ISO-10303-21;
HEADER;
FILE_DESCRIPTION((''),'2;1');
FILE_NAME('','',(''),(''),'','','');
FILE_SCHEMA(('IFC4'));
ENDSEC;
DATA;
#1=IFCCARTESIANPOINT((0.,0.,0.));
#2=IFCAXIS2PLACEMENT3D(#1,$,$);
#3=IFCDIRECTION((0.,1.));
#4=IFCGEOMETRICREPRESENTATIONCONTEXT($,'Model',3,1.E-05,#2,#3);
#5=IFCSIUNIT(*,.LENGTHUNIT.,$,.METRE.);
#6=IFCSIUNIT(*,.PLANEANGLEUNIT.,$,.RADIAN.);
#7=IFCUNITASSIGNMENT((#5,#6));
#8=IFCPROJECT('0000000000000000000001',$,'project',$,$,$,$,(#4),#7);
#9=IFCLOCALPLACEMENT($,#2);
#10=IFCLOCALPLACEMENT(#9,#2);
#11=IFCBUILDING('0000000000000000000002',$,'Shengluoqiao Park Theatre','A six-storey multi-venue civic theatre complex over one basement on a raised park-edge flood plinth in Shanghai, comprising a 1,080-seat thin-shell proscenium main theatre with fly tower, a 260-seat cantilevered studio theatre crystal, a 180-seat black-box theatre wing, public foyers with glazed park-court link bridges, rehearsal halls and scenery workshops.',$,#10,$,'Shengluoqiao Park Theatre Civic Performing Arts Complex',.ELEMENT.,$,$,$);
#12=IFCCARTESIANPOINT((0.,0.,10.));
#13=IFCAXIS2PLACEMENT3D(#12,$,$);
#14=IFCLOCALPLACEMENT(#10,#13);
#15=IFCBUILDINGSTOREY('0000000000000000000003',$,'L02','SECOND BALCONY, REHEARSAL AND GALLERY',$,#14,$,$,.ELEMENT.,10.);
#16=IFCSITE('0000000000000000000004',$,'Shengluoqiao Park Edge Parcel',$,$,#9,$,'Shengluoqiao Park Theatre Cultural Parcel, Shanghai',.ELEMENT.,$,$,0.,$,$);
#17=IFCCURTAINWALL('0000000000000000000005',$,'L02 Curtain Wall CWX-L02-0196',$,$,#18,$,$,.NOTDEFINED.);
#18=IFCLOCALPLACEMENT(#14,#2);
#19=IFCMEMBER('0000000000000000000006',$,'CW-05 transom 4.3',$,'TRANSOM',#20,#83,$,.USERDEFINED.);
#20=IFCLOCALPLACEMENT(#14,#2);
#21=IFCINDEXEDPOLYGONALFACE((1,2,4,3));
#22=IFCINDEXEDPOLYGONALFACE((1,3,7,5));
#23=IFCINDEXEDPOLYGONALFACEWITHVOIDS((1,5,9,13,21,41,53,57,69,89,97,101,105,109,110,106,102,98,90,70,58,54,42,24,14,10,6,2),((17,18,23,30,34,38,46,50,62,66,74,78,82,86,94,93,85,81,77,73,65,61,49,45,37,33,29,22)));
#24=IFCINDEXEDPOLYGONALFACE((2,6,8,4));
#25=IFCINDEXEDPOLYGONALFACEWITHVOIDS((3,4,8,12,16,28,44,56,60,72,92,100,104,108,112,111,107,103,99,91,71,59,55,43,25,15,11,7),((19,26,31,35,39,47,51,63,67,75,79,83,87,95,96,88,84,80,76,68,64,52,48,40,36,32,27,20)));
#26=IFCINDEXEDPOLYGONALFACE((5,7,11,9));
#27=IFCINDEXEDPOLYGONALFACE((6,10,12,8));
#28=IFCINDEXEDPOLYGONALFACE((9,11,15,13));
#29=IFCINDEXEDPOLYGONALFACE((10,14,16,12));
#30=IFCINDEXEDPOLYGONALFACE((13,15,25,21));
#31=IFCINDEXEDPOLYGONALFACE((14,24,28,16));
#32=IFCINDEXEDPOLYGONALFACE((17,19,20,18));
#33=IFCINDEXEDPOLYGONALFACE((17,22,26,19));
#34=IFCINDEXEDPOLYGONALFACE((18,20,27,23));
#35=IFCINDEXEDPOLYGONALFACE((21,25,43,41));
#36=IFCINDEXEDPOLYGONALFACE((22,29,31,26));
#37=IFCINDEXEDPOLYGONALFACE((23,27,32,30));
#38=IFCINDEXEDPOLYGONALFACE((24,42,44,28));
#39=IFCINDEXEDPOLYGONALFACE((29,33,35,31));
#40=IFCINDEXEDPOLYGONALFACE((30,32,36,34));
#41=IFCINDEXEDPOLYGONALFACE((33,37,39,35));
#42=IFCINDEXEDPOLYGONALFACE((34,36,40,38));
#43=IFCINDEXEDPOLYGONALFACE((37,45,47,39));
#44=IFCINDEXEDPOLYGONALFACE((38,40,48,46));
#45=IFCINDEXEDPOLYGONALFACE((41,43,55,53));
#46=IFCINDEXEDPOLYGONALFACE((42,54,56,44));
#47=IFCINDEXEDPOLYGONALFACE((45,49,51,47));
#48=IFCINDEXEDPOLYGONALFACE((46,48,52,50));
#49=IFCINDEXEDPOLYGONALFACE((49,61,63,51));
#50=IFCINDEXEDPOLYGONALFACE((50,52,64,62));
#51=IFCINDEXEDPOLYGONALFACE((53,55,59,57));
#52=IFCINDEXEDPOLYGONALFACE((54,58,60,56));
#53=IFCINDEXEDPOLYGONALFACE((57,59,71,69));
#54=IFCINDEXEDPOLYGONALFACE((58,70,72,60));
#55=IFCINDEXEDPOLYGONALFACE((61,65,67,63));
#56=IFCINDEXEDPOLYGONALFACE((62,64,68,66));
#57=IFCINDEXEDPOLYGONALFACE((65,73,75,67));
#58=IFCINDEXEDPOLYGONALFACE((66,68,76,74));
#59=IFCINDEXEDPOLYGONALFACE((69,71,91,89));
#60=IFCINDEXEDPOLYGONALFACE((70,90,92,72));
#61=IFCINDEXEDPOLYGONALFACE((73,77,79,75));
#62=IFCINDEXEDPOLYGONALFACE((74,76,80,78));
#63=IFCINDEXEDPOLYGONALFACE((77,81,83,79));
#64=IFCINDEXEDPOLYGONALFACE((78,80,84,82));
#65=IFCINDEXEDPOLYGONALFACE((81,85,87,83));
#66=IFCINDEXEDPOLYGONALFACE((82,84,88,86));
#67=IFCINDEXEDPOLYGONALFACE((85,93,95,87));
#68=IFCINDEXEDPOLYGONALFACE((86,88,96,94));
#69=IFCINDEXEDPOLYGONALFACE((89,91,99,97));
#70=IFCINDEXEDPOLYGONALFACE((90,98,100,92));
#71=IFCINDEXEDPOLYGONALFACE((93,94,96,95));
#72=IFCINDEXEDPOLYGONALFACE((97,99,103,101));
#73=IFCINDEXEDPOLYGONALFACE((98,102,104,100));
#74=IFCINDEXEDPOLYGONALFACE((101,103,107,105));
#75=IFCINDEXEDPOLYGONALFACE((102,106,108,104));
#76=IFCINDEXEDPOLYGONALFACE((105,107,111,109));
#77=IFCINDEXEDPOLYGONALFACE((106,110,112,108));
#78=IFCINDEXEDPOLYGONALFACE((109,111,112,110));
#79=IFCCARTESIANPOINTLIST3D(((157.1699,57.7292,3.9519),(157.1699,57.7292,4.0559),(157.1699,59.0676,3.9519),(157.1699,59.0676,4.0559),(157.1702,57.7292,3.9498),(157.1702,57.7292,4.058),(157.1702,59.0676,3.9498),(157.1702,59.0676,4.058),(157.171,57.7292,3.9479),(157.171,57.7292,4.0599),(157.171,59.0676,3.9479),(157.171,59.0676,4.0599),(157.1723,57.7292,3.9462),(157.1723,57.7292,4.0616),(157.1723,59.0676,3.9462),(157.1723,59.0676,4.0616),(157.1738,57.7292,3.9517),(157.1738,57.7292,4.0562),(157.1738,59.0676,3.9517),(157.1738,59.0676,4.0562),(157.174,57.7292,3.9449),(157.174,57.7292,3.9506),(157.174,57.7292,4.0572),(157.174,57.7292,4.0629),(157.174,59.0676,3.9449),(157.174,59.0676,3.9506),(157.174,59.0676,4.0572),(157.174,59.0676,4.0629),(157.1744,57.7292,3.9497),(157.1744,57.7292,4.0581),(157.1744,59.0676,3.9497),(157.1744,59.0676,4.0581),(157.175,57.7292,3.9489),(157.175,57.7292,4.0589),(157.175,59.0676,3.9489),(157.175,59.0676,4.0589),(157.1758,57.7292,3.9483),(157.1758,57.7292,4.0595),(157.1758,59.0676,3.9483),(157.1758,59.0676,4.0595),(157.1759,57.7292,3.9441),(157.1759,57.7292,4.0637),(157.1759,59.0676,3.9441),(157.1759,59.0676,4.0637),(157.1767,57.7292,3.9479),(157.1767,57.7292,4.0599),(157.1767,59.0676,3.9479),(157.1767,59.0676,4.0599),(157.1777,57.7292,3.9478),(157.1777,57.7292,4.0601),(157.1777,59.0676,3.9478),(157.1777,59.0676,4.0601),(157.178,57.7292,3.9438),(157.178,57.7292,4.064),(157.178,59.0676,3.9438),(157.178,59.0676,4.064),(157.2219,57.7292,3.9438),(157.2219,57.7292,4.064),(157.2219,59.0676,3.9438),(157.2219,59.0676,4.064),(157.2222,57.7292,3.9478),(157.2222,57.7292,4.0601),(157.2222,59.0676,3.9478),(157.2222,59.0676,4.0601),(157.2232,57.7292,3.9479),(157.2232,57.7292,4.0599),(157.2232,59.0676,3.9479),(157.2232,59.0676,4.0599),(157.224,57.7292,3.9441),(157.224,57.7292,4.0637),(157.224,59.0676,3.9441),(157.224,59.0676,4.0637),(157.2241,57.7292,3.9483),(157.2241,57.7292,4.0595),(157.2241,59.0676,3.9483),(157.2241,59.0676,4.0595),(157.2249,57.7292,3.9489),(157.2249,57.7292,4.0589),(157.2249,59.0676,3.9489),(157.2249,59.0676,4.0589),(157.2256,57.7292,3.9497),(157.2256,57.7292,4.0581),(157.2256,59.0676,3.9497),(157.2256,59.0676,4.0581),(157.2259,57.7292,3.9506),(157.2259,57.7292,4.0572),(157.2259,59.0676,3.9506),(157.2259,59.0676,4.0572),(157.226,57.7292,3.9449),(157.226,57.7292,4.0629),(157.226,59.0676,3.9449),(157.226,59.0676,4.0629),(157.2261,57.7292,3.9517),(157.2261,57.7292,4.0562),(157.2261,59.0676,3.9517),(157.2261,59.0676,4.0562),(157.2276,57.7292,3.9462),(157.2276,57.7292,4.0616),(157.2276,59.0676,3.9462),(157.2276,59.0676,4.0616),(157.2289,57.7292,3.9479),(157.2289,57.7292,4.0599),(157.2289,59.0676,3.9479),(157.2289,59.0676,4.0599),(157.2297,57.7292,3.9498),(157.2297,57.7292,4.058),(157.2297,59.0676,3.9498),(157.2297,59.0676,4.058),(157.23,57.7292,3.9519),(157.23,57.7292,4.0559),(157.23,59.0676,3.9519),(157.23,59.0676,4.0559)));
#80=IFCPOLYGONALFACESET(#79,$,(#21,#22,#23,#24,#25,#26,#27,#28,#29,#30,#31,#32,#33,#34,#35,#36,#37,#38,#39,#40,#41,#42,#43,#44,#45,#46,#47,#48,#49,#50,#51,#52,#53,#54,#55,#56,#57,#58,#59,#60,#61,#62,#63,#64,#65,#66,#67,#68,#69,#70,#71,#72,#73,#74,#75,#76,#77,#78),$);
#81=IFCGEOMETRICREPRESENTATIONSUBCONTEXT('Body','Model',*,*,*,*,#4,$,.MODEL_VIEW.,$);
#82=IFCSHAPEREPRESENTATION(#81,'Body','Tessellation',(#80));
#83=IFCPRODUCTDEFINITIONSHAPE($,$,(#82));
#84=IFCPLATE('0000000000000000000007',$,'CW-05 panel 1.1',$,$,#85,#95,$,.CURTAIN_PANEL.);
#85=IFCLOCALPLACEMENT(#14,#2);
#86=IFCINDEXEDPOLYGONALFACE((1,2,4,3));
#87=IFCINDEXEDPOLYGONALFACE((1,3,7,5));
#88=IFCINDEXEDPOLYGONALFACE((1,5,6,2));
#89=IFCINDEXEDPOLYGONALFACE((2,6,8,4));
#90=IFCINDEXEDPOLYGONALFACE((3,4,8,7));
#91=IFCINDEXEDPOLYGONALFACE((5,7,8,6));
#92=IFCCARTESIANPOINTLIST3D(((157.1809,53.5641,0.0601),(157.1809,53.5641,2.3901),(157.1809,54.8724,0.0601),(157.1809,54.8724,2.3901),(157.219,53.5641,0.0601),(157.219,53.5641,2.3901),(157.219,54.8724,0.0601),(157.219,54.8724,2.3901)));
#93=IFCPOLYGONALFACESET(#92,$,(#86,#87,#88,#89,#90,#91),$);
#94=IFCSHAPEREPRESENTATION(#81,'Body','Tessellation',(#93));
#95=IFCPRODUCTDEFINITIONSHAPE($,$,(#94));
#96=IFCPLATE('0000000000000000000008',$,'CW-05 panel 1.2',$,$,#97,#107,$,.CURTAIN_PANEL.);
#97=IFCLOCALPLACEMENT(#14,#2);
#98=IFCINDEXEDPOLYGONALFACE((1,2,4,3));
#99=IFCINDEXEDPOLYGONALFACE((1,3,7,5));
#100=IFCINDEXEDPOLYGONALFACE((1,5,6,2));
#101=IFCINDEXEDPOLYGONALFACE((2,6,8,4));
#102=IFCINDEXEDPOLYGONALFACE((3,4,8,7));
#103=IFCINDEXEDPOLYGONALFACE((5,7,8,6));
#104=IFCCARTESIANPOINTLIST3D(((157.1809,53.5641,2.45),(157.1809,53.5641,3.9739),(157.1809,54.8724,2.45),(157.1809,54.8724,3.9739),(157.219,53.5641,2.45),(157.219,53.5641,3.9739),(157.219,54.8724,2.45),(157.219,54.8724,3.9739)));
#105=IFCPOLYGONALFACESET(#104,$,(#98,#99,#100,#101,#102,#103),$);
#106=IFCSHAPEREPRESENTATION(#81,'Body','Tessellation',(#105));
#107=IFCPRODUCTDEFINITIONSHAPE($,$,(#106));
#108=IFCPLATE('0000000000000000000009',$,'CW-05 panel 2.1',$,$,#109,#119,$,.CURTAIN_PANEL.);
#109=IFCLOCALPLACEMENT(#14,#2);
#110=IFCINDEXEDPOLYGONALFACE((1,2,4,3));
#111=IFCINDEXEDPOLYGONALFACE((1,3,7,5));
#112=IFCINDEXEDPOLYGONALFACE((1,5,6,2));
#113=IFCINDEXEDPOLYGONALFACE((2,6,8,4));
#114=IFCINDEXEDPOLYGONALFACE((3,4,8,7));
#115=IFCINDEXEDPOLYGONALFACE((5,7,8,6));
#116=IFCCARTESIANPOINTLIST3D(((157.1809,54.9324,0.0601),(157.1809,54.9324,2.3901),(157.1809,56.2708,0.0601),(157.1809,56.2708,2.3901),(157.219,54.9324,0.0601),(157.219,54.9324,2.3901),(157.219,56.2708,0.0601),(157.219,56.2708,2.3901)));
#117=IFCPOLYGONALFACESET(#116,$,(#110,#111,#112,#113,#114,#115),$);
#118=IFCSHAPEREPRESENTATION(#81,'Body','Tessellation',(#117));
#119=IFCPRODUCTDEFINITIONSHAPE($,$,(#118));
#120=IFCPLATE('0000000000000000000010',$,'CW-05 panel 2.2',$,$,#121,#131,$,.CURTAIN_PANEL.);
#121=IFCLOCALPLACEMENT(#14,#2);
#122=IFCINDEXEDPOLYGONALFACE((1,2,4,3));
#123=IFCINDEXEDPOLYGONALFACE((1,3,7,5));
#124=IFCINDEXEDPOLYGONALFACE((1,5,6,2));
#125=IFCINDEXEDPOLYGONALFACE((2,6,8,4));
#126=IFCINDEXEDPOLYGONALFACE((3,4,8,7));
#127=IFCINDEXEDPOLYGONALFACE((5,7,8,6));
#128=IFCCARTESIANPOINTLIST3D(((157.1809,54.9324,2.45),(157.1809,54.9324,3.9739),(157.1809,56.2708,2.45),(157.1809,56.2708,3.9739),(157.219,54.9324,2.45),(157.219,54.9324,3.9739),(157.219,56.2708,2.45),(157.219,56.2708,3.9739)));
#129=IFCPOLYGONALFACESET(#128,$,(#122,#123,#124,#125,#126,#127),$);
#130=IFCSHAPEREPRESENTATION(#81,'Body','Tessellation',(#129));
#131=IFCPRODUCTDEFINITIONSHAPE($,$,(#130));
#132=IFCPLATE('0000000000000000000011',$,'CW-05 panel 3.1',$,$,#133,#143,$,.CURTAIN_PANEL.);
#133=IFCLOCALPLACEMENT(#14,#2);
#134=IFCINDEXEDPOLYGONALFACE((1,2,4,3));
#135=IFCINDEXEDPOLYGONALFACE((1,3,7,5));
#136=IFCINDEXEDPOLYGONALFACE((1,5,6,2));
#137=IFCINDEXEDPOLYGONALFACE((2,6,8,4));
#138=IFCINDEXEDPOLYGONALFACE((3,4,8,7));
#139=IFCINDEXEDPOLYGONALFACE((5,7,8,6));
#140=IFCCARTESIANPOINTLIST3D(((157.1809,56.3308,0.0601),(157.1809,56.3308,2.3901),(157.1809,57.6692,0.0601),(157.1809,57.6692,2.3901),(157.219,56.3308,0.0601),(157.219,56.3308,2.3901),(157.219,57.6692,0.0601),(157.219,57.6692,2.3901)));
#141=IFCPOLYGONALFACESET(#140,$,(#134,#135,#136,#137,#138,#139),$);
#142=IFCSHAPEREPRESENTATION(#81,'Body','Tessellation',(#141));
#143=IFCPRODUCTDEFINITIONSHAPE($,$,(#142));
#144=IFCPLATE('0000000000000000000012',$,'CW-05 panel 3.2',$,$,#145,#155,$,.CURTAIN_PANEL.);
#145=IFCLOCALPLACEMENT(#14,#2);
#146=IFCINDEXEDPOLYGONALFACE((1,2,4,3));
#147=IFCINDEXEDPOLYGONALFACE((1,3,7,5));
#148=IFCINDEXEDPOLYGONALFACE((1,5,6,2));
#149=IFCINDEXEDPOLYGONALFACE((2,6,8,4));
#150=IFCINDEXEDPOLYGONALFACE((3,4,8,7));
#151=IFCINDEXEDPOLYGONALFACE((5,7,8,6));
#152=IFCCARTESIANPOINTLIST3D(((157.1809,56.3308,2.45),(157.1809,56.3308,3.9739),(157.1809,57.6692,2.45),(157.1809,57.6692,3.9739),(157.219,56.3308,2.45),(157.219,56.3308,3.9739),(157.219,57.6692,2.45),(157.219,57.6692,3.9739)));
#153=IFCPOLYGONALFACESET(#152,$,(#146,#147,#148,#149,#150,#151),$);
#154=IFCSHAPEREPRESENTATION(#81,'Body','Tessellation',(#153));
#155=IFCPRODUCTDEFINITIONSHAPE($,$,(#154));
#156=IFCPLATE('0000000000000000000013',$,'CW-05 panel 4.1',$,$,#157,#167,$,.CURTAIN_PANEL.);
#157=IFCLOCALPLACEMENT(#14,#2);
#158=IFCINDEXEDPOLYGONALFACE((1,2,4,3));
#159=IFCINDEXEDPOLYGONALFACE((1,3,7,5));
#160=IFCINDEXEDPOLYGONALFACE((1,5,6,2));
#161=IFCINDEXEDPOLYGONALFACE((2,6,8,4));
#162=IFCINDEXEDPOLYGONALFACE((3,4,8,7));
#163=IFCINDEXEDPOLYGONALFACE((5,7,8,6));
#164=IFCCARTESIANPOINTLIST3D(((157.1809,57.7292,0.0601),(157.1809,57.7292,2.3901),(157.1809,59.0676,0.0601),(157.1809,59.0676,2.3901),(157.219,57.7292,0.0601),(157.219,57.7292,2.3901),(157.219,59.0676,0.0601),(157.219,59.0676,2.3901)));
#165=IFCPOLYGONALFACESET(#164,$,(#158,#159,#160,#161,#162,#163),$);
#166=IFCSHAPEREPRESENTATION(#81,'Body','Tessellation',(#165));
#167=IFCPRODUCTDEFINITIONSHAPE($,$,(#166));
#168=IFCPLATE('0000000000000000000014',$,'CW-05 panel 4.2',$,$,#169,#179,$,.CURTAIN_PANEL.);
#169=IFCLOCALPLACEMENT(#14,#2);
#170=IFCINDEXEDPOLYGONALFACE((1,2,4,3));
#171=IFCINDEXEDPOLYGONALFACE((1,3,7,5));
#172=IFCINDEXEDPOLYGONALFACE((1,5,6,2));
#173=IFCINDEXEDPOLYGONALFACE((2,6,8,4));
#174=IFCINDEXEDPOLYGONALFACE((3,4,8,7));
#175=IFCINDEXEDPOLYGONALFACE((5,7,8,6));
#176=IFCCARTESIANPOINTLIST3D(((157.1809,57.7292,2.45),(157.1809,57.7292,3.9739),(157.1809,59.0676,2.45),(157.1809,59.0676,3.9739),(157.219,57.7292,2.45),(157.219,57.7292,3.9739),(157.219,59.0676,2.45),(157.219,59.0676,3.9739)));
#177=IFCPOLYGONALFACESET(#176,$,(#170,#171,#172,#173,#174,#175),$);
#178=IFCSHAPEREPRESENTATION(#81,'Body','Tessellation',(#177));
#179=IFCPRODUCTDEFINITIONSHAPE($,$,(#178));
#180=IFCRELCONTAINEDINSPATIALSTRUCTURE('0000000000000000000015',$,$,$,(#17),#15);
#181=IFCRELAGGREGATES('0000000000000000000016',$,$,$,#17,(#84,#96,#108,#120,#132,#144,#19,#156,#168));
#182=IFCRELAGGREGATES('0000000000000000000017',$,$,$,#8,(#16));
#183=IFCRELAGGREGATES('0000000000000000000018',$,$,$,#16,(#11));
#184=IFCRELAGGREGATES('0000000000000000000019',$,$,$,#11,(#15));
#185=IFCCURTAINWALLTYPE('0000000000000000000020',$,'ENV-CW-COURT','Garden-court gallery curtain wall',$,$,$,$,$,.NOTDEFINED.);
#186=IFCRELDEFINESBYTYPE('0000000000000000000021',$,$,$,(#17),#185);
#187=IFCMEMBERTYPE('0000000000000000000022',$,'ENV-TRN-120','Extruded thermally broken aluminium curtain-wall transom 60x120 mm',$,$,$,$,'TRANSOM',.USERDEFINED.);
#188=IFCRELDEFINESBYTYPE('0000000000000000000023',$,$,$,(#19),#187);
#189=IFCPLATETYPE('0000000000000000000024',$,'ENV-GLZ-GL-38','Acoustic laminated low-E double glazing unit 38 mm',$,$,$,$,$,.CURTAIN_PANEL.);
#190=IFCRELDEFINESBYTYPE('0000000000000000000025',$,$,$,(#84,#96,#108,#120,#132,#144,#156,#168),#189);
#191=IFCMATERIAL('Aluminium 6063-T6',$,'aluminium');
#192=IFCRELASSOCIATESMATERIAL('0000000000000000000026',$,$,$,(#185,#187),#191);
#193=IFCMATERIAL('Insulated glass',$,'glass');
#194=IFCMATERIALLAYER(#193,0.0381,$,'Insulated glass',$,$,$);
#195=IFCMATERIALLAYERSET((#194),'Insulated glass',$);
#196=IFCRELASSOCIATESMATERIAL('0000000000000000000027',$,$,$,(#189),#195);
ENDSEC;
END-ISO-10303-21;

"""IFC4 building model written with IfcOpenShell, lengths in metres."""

from ifc_helpers import new_model, si_unit, direction, frame, origin, origin_2d, place, context, subcontext, project, spatial, rectangle, hollow_rectangle, extrude, material, layer, layer_set, material_profile, profile_set, type_object, element, aggregate, save


model = new_model("IFC4")

# Units and contexts
model_context = context("Model", 3, precision=1e-05, world=origin(), true_north=direction((0.0, 1.0)))
body_context = subcontext(model_context, "Body", "Model", "MODEL_VIEW")
ifc_project = project(units=[si_unit("LENGTHUNIT", "METRE"), si_unit("PLANEANGLEUNIT", "RADIAN")], contexts=[model_context])

# Site, building, storey
site_placement = place(None, origin())
site = spatial("IfcSite", under=ifc_project, at=site_placement, Name="Shengluoqiao Park Edge Parcel", LongName="Shengluoqiao Park Theatre Cultural Parcel, Shanghai", CompositionType="ELEMENT", RefElevation=0.0)
building_placement = place(site_placement, origin())
building = spatial("IfcBuilding", under=site, at=building_placement, Name="Shengluoqiao Park Theatre", Description="A six-storey multi-venue civic theatre complex over one basement on a raised park-edge flood plinth in Shanghai, comprising a 1,080-seat thin-shell proscenium main theatre with fly tower, a 260-seat cantilevered studio theatre crystal, a 180-seat black-box theatre wing, public foyers with glazed park-court link bridges, rehearsal halls and scenery workshops.", LongName="Shengluoqiao Park Theatre Civic Performing Arts Complex", CompositionType="ELEMENT")
storey_placement = place(building_placement, frame((0.0, 0.0, 10.0)))
storey = spatial("IfcBuildingStorey", under=building, at=storey_placement, Name="L02", Description="SECOND BALCONY, REHEARSAL AND GALLERY", CompositionType="ELEMENT", Elevation=10.0)

# Curtain wall, member, plates
ifc_material_1 = material(Name="Aluminium 6063-T6", Category="aluminium")
curtain_wall_type = type_object("IfcCurtainWallType", Name="ENV-CW-COURT", Description="Garden-court gallery curtain wall", PredefinedType="NOTDEFINED", material=ifc_material_1)
curtain_wall_placement = place(storey_placement, origin())
curtain_wall = element("IfcCurtainWall", 1, at=curtain_wall_placement, inside=storey, type_object=curtain_wall_type, Name="L02 Curtain Wall CWX-L02-0196", PredefinedType="NOTDEFINED")
ifc_material_profile_1 = material_profile(ifc_material_1, hollow_rectangle(XDim=0.0601, YDim=0.1201, WallThickness=0.0039, InnerFilletRadius=0.0039, OuterFilletRadius=0.0081, at=origin_2d()), Name="ALU TRANSOM 120x60x4")
ifc_profile_set_1 = profile_set([ifc_material_profile_1], Name="Aluminium 6063-T6")
member_type_1 = type_object("IfcMemberType", Name="ENV-TRN-120", Description="Extruded thermally broken aluminium curtain-wall transom 60x120 mm", ElementType="TRANSOM", PredefinedType="USERDEFINED", material=ifc_profile_set_1)
member_1_placement = place(storey_placement, frame((157.2, 57.7292, 4.0039), z_axis=(0.0, 1.0, 0.0), x_axis=(-1.0, 0.0, 0.0)))
member_1 = element("IfcMember", 2, at=member_1_placement, type_object=member_type_1, Name="CW-05 transom 4.3", ObjectType="TRANSOM", PredefinedType="USERDEFINED", context=body_context, shape_type="SweptSolid", body=[
    extrude(hollow_rectangle(XDim=0.0601, YDim=0.1201, WallThickness=0.0039, InnerFilletRadius=0.0039, OuterFilletRadius=0.0081, at=origin_2d()), origin(), (0.0, 0.0, 1.0), 1.3384),
])
ifc_material_2 = material(Name="Insulated glass", Category="glass")
ifc_layer_1 = layer(ifc_material_2, 0.0381, Name="Insulated glass")
ifc_layer_set_1 = layer_set([ifc_layer_1], Name="Insulated glass")
plate_type = type_object("IfcPlateType", Name="ENV-GLZ-GL-38", Description="Acoustic laminated low-E double glazing unit 38 mm", PredefinedType="CURTAIN_PANEL", material=ifc_layer_set_1)
plate_1_placement = place(storey_placement, frame((157.2, 54.2183, 0.0601), z_axis=(0.0, 0.0, 1.0), x_axis=(0.0, 1.0, 0.0)))
plate_1 = element("IfcPlate", 3, at=plate_1_placement, type_object=plate_type, Name="CW-05 panel 1.1", PredefinedType="CURTAIN_PANEL", context=body_context, shape_type="SweptSolid", body=[
    extrude(rectangle(XDim=1.3083, YDim=0.0381, at=origin_2d()), origin(), (0.0, 0.0, 1.0), 2.3301),
])
plate_2_placement = place(storey_placement, frame((157.2, 54.2183, 2.45), z_axis=(0.0, 0.0, 1.0), x_axis=(0.0, 1.0, 0.0)))
plate_2 = element("IfcPlate", 4, at=plate_2_placement, type_object=plate_type, Name="CW-05 panel 1.2", PredefinedType="CURTAIN_PANEL", context=body_context, shape_type="SweptSolid", body=[
    extrude(rectangle(XDim=1.3083, YDim=0.0381, at=origin_2d()), origin(), (0.0, 0.0, 1.0), 1.5239),
])
plate_3_placement = place(storey_placement, frame((157.2, 55.6016, 0.0601), z_axis=(0.0, 0.0, 1.0), x_axis=(0.0, 1.0, 0.0)))
plate_3 = element("IfcPlate", 5, at=plate_3_placement, type_object=plate_type, Name="CW-05 panel 2.1", PredefinedType="CURTAIN_PANEL", context=body_context, shape_type="SweptSolid", body=[
    extrude(rectangle(XDim=1.3384, YDim=0.0381, at=origin_2d()), origin(), (0.0, 0.0, 1.0), 2.3301),
])
plate_4_placement = place(storey_placement, frame((157.2, 55.6016, 2.45), z_axis=(0.0, 0.0, 1.0), x_axis=(0.0, 1.0, 0.0)))
plate_4 = element("IfcPlate", 6, at=plate_4_placement, type_object=plate_type, Name="CW-05 panel 2.2", PredefinedType="CURTAIN_PANEL", context=body_context, shape_type="SweptSolid", body=[
    extrude(rectangle(XDim=1.3384, YDim=0.0381, at=origin_2d()), origin(), (0.0, 0.0, 1.0), 1.5239),
])
plate_5_placement = place(storey_placement, frame((157.2, 57.0, 0.0601), z_axis=(0.0, 0.0, 1.0), x_axis=(0.0, 1.0, 0.0)))
plate_5 = element("IfcPlate", 7, at=plate_5_placement, type_object=plate_type, Name="CW-05 panel 3.1", PredefinedType="CURTAIN_PANEL", context=body_context, shape_type="SweptSolid", body=[
    extrude(rectangle(XDim=1.3384, YDim=0.0381, at=origin_2d()), origin(), (0.0, 0.0, 1.0), 2.3301),
])
plate_6_placement = place(storey_placement, frame((157.2, 57.0, 2.45), z_axis=(0.0, 0.0, 1.0), x_axis=(0.0, 1.0, 0.0)))
plate_6 = element("IfcPlate", 8, at=plate_6_placement, type_object=plate_type, Name="CW-05 panel 3.2", PredefinedType="CURTAIN_PANEL", context=body_context, shape_type="SweptSolid", body=[
    extrude(rectangle(XDim=1.3384, YDim=0.0381, at=origin_2d()), origin(), (0.0, 0.0, 1.0), 1.5239),
])
plate_7_placement = place(storey_placement, frame((157.2, 58.3984, 0.0601), z_axis=(0.0, 0.0, 1.0), x_axis=(0.0, 1.0, 0.0)))
plate_7 = element("IfcPlate", 9, at=plate_7_placement, type_object=plate_type, Name="CW-05 panel 4.1", PredefinedType="CURTAIN_PANEL", context=body_context, shape_type="SweptSolid", body=[
    extrude(rectangle(XDim=1.3384, YDim=0.0381, at=origin_2d()), origin(), (0.0, 0.0, 1.0), 2.3301),
])
plate_8_placement = place(storey_placement, frame((157.2, 58.3984, 2.45), z_axis=(0.0, 0.0, 1.0), x_axis=(0.0, 1.0, 0.0)))
plate_8 = element("IfcPlate", 10, at=plate_8_placement, type_object=plate_type, Name="CW-05 panel 4.2", PredefinedType="CURTAIN_PANEL", context=body_context, shape_type="SweptSolid", body=[
    extrude(rectangle(XDim=1.3384, YDim=0.0381, at=origin_2d()), origin(), (0.0, 0.0, 1.0), 1.5239),
])
aggregate(curtain_wall, [plate_1, plate_2, plate_3, plate_4, plate_5, plate_6, member_1, plate_7, plate_8])

save(model, "model.ifc")
